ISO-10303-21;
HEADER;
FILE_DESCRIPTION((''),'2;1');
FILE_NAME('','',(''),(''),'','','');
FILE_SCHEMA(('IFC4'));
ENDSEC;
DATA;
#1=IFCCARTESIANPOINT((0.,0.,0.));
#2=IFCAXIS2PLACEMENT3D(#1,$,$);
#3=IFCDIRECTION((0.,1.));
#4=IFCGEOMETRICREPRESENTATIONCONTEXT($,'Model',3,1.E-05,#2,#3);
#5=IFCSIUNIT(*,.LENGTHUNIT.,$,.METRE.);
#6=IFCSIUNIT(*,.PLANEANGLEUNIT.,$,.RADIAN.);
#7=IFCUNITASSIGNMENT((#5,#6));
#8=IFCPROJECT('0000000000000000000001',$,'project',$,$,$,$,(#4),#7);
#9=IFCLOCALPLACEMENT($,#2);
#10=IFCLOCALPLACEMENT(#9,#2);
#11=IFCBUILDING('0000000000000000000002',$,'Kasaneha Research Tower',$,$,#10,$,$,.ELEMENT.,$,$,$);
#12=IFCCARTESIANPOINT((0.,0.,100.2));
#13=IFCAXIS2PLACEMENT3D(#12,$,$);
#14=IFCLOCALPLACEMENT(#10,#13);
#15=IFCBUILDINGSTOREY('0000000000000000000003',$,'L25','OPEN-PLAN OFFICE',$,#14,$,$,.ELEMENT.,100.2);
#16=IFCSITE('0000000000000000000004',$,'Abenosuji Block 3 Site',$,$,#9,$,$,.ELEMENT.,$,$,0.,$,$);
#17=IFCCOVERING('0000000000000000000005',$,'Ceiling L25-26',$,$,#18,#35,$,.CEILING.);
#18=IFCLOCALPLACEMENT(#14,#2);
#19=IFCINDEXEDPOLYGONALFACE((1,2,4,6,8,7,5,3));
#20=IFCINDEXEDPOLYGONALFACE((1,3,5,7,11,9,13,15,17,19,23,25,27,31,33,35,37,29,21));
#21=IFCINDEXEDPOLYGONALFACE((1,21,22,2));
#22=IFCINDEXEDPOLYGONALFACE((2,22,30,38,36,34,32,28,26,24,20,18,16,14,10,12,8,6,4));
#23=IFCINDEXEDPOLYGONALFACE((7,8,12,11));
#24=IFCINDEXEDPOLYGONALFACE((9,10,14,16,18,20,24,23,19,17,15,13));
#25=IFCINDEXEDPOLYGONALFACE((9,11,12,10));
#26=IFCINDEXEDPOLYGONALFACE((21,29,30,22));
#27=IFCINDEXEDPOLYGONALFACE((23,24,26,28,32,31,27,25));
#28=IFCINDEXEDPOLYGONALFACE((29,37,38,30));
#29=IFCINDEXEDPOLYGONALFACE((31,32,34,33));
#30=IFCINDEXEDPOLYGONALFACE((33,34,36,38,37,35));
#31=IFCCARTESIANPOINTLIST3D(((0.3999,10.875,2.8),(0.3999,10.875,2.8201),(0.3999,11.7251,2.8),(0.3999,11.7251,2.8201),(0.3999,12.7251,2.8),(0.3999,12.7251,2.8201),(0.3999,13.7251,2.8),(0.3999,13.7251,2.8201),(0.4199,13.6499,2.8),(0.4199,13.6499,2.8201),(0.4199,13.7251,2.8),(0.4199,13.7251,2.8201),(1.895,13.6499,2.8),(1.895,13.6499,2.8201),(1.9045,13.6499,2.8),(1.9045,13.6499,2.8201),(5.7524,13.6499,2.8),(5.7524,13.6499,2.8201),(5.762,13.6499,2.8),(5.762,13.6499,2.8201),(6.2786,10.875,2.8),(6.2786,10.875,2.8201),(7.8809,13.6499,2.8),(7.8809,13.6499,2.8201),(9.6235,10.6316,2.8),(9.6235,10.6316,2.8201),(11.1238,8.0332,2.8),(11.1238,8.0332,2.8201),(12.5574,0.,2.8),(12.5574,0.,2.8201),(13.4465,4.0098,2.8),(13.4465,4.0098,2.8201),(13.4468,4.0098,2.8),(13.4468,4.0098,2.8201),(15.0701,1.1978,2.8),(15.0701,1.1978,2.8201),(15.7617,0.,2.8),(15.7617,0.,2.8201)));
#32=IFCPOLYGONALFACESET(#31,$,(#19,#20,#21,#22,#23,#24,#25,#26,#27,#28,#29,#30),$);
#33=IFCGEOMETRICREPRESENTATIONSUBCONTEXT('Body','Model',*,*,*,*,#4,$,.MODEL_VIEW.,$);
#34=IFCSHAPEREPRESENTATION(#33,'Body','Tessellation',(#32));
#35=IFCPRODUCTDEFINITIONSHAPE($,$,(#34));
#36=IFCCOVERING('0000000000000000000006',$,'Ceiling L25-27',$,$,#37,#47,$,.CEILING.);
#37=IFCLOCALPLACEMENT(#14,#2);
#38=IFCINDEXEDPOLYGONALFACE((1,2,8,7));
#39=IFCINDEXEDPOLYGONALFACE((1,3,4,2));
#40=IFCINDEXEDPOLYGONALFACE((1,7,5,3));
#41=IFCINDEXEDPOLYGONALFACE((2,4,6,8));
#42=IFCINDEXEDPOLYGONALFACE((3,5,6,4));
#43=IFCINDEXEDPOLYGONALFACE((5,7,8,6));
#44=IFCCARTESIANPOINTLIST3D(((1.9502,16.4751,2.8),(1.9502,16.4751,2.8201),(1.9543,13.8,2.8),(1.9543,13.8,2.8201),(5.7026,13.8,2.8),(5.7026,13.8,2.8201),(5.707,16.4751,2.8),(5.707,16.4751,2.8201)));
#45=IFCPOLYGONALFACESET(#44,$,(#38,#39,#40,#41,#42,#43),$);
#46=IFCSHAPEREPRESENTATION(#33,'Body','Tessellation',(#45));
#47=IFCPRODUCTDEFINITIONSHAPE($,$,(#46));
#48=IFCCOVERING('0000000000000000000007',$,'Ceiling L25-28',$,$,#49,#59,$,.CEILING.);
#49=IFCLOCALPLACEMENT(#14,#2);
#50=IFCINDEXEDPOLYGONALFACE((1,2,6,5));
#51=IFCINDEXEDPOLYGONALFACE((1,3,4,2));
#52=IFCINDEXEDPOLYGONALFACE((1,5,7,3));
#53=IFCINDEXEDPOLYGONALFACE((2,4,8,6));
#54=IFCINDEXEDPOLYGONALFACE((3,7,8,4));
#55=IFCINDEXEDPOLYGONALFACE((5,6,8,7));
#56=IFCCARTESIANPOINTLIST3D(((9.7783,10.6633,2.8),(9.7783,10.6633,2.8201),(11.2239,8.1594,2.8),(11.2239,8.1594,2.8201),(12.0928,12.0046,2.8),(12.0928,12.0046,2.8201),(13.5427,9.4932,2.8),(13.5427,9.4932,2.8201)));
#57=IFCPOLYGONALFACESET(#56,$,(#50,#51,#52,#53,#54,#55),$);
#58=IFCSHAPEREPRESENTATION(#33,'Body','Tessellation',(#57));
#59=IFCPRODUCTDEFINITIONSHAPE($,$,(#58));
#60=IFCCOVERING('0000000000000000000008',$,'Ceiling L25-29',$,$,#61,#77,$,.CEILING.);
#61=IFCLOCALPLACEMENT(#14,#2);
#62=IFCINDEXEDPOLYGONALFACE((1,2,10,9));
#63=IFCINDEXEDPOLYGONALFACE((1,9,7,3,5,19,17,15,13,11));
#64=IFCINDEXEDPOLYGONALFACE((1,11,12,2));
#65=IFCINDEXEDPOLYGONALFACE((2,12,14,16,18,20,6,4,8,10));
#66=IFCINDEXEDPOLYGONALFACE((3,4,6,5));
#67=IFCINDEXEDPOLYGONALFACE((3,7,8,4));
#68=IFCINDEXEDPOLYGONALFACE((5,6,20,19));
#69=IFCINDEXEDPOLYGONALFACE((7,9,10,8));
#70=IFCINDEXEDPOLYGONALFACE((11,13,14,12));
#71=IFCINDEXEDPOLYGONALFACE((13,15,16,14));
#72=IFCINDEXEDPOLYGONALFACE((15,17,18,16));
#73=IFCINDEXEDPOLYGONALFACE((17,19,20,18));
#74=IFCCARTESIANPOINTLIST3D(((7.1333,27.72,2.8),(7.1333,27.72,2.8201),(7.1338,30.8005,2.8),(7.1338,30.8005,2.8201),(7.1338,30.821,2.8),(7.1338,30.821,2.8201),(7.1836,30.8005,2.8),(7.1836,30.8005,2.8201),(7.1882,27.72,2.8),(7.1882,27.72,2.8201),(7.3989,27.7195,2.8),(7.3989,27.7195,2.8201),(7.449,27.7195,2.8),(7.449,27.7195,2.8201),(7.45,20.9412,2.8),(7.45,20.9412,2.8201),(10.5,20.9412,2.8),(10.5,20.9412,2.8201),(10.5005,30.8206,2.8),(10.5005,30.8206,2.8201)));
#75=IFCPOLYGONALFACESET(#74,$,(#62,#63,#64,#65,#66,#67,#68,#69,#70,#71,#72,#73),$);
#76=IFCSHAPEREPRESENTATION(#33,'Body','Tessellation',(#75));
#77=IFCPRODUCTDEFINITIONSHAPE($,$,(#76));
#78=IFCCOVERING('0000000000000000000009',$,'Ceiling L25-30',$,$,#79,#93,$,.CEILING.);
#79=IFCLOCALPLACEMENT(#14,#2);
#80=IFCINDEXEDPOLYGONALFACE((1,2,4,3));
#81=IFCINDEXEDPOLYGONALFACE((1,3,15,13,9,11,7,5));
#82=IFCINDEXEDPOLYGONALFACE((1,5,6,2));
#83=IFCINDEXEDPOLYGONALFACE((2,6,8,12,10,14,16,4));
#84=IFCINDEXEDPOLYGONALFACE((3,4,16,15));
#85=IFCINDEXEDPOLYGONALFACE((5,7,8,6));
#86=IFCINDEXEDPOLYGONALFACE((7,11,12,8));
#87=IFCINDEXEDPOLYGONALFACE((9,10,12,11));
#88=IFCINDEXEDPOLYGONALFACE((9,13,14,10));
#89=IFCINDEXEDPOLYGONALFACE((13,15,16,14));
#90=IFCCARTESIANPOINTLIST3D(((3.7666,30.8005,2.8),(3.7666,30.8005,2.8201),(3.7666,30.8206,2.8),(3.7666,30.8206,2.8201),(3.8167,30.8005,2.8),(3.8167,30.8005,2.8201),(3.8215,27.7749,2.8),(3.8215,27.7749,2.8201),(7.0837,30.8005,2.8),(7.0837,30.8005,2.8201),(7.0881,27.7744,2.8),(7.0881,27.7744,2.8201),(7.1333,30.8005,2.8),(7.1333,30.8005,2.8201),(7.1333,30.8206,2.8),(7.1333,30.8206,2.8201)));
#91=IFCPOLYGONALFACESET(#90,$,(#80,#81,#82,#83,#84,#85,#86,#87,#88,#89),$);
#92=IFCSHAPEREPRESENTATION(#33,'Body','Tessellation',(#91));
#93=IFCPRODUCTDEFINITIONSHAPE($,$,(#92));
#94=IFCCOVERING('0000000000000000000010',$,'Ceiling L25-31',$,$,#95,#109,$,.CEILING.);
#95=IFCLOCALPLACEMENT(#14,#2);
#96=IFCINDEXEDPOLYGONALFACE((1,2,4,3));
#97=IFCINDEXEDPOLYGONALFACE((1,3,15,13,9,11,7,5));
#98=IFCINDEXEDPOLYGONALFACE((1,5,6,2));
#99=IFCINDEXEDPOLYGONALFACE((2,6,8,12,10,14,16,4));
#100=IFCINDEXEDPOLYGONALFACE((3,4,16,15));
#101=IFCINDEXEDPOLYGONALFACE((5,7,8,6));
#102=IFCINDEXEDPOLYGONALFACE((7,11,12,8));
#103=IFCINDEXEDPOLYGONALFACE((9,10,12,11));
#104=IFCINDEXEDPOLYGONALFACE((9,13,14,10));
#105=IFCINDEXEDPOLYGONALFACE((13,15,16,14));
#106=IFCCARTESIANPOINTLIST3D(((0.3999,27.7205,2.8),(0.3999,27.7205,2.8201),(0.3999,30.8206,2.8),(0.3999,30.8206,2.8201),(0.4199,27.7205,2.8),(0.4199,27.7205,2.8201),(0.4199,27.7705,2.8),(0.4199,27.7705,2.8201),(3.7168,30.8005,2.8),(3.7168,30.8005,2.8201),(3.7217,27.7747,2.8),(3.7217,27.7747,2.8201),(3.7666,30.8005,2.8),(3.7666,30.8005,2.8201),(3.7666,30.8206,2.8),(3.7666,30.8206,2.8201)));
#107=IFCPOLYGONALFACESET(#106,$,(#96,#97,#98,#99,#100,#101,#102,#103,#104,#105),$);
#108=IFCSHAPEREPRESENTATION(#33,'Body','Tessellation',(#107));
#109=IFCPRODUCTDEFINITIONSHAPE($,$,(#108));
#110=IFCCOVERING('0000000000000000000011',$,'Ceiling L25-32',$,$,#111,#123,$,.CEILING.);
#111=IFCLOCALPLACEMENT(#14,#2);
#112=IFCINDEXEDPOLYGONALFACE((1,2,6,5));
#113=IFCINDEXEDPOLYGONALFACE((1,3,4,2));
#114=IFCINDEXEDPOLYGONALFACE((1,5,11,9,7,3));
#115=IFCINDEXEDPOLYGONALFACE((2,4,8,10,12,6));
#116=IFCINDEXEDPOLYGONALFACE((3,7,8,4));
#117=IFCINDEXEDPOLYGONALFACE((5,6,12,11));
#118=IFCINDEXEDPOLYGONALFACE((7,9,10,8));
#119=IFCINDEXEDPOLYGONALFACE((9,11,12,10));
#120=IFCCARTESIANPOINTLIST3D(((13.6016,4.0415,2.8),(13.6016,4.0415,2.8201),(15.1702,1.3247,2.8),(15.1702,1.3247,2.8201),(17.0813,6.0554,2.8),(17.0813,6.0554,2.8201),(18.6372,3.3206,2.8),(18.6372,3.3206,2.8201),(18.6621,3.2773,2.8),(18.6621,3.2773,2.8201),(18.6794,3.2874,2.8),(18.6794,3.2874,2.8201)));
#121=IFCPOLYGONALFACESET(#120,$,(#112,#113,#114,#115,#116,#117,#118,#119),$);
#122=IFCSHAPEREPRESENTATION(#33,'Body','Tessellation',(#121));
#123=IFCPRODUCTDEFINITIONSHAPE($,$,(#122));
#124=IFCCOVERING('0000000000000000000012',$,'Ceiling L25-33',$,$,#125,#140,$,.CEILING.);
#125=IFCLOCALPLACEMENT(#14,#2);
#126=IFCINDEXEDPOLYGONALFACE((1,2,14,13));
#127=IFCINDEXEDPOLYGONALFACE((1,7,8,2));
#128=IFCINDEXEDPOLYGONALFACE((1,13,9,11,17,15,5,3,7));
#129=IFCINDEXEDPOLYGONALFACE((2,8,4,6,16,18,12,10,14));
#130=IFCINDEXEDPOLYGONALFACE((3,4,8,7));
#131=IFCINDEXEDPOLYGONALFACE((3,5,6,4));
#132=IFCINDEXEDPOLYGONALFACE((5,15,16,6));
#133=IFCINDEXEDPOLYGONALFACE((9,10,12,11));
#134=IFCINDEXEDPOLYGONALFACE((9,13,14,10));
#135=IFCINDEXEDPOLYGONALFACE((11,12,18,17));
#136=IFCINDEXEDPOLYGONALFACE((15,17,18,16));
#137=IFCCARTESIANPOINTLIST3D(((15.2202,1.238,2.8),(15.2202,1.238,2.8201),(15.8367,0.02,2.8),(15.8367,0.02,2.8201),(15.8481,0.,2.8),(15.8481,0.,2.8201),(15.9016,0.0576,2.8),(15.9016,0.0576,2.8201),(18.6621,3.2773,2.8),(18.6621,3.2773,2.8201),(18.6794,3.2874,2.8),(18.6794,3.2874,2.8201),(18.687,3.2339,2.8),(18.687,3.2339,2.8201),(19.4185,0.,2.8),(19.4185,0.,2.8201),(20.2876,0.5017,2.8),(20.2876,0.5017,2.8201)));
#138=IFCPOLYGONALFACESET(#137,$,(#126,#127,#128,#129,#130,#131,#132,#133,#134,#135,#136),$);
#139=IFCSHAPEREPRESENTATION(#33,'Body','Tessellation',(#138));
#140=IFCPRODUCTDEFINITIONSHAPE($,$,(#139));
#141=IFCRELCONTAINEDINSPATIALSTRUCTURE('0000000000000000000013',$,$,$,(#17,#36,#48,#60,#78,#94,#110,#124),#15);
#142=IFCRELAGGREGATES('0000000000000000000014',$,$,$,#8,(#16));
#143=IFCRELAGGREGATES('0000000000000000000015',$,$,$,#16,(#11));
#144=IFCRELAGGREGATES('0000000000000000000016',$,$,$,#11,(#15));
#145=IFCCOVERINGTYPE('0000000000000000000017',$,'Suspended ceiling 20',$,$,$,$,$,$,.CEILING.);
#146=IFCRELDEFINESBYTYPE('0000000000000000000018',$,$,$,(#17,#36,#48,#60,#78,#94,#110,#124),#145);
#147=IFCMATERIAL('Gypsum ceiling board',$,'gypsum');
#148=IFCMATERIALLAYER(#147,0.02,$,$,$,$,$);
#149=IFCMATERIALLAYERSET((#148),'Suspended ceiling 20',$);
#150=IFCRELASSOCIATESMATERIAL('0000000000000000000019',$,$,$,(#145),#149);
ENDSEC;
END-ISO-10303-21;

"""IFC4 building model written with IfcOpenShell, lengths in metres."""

from ifc_helpers import new_model, si_unit, direction, frame, origin, place, context, subcontext, project, spatial, polyline, outline, extrude, material, layer, layer_set, type_object, element, save


model = new_model("IFC4")

# Units and contexts
model_context = context("Model", 3, precision=1e-05, world=origin(), true_north=direction((0.0, 1.0)))
body_context = subcontext(model_context, "Body", "Model", "MODEL_VIEW")
ifc_project = project(units=[si_unit("LENGTHUNIT", "METRE"), si_unit("PLANEANGLEUNIT", "RADIAN")], contexts=[model_context])

# Site, building, storey
site_placement = place(None, origin())
site = spatial("IfcSite", under=ifc_project, at=site_placement, Name="Abenosuji Block 3 Site", CompositionType="ELEMENT", RefElevation=0.0)
building_placement = place(site_placement, origin())
building = spatial("IfcBuilding", under=site, at=building_placement, Name="Kasaneha Research Tower", CompositionType="ELEMENT")
storey_placement = place(building_placement, frame((0.0, 0.0, 100.2)))
storey = spatial("IfcBuildingStorey", under=building, at=storey_placement, Name="L25", Description="OPEN-PLAN OFFICE", CompositionType="ELEMENT", Elevation=100.2)

# Coverings
ifc_material_1 = material(Name="Gypsum ceiling board", Category="gypsum")
ifc_layer_1 = layer(ifc_material_1, 0.02)
ifc_layer_set_1 = layer_set([ifc_layer_1], Name="Suspended ceiling 20")
covering_type_1 = type_object("IfcCoveringType", Name="Suspended ceiling 20", PredefinedType="CEILING", material=ifc_layer_set_1)
covering_1_placement = place(storey_placement, frame((0.0, 0.0, 2.8)))
element("IfcCovering", 1, at=covering_1_placement, inside=storey, type_object=covering_type_1, Name="Ceiling L25-26", PredefinedType="CEILING", context=body_context, shape_type="SweptSolid", body=[
    extrude(outline(polyline([(6.2786, 10.875), (0.3999, 10.875), (0.3999, 11.7251), (0.3999, 12.7251), (0.3999, 13.7251), (0.4199, 13.7251), (0.4199, 13.6499), (1.895, 13.6499), (1.9045, 13.6499), (5.7524, 13.6499), (5.762, 13.6499), (7.8809, 13.6499), (9.6235, 10.6316), (9.6235, 10.6316), (11.1238, 8.0332), (11.1238, 8.0332), (13.4465, 4.0098), (13.4468, 4.0098), (15.0701, 1.1978), (15.0701, 1.1978), (15.7617, 0.0), (15.7617, 0.0), (12.5574, 0.0), (6.2786, 10.875)])), origin(), (0.0, 0.0, 1.0), 0.02),
])
covering_2_placement = place(storey_placement, frame((0.0, 0.0, 2.8)))
element("IfcCovering", 2, at=covering_2_placement, inside=storey, type_object=covering_type_1, Name="Ceiling L25-27", PredefinedType="CEILING", context=body_context, shape_type="SweptSolid", body=[
    extrude(outline(polyline([(1.9543, 13.8), (1.9502, 16.4751), (5.707, 16.4751), (5.7026, 13.8), (1.9543, 13.8)])), origin(), (0.0, 0.0, 1.0), 0.02),
])
covering_3_placement = place(storey_placement, frame((0.0, 0.0, 2.8)))
element("IfcCovering", 3, at=covering_3_placement, inside=storey, type_object=covering_type_1, Name="Ceiling L25-28", PredefinedType="CEILING", context=body_context, shape_type="SweptSolid", body=[
    extrude(outline(polyline([(9.7783, 10.6633), (12.0928, 12.0046), (13.5427, 9.4932), (11.2239, 8.1594), (9.7783, 10.6633)])), origin(), (0.0, 0.0, 1.0), 0.02),
])
covering_4_placement = place(storey_placement, frame((0.0, 0.0, 2.8)))
element("IfcCovering", 4, at=covering_4_placement, inside=storey, type_object=covering_type_1, Name="Ceiling L25-29", PredefinedType="CEILING", context=body_context, shape_type="SweptSolid", body=[
    extrude(outline(polyline([(7.3989, 27.7195), (7.1333, 27.72), (7.1333, 27.72), (7.1882, 27.72), (7.1836, 30.8005), (7.1338, 30.8005), (7.1338, 30.821), (10.5005, 30.8206), (10.5, 20.8911), (10.5, 20.9412), (7.45, 20.9412), (7.449, 27.7195), (7.3989, 27.7195), (7.3989, 27.7195)])), origin(), (0.0, 0.0, 1.0), 0.02),
])
covering_5_placement = place(storey_placement, frame((0.0, 0.0, 2.8)))
element("IfcCovering", 5, at=covering_5_placement, inside=storey, type_object=covering_type_1, Name="Ceiling L25-30", PredefinedType="CEILING", context=body_context, shape_type="SweptSolid", body=[
    extrude(outline(polyline([(7.1333, 30.8206), (7.1333, 30.8005), (7.0837, 30.8005), (7.0881, 27.7744), (3.8215, 27.7749), (3.8167, 30.8005), (3.7666, 30.8005), (3.7666, 30.8206), (7.1333, 30.8206)])), origin(), (0.0, 0.0, 1.0), 0.02),
])
covering_6_placement = place(storey_placement, frame((0.0, 0.0, 2.8)))
element("IfcCovering", 6, at=covering_6_placement, inside=storey, type_object=covering_type_1, Name="Ceiling L25-31", PredefinedType="CEILING", context=body_context, shape_type="SweptSolid", body=[
    extrude(outline(polyline([(3.7666, 30.8206), (3.7666, 30.8005), (3.7168, 30.8005), (3.7217, 27.7747), (0.4199, 27.7705), (0.4199, 27.7205), (0.3999, 27.7205), (0.3999, 30.8206), (3.7666, 30.8206)])), origin(), (0.0, 0.0, 1.0), 0.02),
])
covering_7_placement = place(storey_placement, frame((0.0, 0.0, 2.8)))
element("IfcCovering", 7, at=covering_7_placement, inside=storey, type_object=covering_type_1, Name="Ceiling L25-32", PredefinedType="CEILING", context=body_context, shape_type="SweptSolid", body=[
    extrude(outline(polyline([(18.6621, 3.2773), (18.6372, 3.3206), (15.1702, 1.3247), (13.6016, 4.0415), (17.0813, 6.0554), (18.6794, 3.2874), (18.6621, 3.2773)])), origin(), (0.0, 0.0, 1.0), 0.02),
])
covering_8_placement = place(storey_placement, frame((0.0, 0.0, 2.8)))
element("IfcCovering", 8, at=covering_8_placement, inside=storey, type_object=covering_type_1, Name="Ceiling L25-33", PredefinedType="CEILING", context=body_context, shape_type="SweptSolid", body=[
    extrude(outline(polyline([(20.2876, 0.5017), (19.4185, 0.0), (15.8481, 0.0), (15.8367, 0.02), (15.9016, 0.0576), (15.2202, 1.238), (18.687, 3.2339), (18.6621, 3.2773), (18.6794, 3.2874), (20.2876, 0.5017)])), origin(), (0.0, 0.0, 1.0), 0.02),
])

save(model, "model.ifc")
